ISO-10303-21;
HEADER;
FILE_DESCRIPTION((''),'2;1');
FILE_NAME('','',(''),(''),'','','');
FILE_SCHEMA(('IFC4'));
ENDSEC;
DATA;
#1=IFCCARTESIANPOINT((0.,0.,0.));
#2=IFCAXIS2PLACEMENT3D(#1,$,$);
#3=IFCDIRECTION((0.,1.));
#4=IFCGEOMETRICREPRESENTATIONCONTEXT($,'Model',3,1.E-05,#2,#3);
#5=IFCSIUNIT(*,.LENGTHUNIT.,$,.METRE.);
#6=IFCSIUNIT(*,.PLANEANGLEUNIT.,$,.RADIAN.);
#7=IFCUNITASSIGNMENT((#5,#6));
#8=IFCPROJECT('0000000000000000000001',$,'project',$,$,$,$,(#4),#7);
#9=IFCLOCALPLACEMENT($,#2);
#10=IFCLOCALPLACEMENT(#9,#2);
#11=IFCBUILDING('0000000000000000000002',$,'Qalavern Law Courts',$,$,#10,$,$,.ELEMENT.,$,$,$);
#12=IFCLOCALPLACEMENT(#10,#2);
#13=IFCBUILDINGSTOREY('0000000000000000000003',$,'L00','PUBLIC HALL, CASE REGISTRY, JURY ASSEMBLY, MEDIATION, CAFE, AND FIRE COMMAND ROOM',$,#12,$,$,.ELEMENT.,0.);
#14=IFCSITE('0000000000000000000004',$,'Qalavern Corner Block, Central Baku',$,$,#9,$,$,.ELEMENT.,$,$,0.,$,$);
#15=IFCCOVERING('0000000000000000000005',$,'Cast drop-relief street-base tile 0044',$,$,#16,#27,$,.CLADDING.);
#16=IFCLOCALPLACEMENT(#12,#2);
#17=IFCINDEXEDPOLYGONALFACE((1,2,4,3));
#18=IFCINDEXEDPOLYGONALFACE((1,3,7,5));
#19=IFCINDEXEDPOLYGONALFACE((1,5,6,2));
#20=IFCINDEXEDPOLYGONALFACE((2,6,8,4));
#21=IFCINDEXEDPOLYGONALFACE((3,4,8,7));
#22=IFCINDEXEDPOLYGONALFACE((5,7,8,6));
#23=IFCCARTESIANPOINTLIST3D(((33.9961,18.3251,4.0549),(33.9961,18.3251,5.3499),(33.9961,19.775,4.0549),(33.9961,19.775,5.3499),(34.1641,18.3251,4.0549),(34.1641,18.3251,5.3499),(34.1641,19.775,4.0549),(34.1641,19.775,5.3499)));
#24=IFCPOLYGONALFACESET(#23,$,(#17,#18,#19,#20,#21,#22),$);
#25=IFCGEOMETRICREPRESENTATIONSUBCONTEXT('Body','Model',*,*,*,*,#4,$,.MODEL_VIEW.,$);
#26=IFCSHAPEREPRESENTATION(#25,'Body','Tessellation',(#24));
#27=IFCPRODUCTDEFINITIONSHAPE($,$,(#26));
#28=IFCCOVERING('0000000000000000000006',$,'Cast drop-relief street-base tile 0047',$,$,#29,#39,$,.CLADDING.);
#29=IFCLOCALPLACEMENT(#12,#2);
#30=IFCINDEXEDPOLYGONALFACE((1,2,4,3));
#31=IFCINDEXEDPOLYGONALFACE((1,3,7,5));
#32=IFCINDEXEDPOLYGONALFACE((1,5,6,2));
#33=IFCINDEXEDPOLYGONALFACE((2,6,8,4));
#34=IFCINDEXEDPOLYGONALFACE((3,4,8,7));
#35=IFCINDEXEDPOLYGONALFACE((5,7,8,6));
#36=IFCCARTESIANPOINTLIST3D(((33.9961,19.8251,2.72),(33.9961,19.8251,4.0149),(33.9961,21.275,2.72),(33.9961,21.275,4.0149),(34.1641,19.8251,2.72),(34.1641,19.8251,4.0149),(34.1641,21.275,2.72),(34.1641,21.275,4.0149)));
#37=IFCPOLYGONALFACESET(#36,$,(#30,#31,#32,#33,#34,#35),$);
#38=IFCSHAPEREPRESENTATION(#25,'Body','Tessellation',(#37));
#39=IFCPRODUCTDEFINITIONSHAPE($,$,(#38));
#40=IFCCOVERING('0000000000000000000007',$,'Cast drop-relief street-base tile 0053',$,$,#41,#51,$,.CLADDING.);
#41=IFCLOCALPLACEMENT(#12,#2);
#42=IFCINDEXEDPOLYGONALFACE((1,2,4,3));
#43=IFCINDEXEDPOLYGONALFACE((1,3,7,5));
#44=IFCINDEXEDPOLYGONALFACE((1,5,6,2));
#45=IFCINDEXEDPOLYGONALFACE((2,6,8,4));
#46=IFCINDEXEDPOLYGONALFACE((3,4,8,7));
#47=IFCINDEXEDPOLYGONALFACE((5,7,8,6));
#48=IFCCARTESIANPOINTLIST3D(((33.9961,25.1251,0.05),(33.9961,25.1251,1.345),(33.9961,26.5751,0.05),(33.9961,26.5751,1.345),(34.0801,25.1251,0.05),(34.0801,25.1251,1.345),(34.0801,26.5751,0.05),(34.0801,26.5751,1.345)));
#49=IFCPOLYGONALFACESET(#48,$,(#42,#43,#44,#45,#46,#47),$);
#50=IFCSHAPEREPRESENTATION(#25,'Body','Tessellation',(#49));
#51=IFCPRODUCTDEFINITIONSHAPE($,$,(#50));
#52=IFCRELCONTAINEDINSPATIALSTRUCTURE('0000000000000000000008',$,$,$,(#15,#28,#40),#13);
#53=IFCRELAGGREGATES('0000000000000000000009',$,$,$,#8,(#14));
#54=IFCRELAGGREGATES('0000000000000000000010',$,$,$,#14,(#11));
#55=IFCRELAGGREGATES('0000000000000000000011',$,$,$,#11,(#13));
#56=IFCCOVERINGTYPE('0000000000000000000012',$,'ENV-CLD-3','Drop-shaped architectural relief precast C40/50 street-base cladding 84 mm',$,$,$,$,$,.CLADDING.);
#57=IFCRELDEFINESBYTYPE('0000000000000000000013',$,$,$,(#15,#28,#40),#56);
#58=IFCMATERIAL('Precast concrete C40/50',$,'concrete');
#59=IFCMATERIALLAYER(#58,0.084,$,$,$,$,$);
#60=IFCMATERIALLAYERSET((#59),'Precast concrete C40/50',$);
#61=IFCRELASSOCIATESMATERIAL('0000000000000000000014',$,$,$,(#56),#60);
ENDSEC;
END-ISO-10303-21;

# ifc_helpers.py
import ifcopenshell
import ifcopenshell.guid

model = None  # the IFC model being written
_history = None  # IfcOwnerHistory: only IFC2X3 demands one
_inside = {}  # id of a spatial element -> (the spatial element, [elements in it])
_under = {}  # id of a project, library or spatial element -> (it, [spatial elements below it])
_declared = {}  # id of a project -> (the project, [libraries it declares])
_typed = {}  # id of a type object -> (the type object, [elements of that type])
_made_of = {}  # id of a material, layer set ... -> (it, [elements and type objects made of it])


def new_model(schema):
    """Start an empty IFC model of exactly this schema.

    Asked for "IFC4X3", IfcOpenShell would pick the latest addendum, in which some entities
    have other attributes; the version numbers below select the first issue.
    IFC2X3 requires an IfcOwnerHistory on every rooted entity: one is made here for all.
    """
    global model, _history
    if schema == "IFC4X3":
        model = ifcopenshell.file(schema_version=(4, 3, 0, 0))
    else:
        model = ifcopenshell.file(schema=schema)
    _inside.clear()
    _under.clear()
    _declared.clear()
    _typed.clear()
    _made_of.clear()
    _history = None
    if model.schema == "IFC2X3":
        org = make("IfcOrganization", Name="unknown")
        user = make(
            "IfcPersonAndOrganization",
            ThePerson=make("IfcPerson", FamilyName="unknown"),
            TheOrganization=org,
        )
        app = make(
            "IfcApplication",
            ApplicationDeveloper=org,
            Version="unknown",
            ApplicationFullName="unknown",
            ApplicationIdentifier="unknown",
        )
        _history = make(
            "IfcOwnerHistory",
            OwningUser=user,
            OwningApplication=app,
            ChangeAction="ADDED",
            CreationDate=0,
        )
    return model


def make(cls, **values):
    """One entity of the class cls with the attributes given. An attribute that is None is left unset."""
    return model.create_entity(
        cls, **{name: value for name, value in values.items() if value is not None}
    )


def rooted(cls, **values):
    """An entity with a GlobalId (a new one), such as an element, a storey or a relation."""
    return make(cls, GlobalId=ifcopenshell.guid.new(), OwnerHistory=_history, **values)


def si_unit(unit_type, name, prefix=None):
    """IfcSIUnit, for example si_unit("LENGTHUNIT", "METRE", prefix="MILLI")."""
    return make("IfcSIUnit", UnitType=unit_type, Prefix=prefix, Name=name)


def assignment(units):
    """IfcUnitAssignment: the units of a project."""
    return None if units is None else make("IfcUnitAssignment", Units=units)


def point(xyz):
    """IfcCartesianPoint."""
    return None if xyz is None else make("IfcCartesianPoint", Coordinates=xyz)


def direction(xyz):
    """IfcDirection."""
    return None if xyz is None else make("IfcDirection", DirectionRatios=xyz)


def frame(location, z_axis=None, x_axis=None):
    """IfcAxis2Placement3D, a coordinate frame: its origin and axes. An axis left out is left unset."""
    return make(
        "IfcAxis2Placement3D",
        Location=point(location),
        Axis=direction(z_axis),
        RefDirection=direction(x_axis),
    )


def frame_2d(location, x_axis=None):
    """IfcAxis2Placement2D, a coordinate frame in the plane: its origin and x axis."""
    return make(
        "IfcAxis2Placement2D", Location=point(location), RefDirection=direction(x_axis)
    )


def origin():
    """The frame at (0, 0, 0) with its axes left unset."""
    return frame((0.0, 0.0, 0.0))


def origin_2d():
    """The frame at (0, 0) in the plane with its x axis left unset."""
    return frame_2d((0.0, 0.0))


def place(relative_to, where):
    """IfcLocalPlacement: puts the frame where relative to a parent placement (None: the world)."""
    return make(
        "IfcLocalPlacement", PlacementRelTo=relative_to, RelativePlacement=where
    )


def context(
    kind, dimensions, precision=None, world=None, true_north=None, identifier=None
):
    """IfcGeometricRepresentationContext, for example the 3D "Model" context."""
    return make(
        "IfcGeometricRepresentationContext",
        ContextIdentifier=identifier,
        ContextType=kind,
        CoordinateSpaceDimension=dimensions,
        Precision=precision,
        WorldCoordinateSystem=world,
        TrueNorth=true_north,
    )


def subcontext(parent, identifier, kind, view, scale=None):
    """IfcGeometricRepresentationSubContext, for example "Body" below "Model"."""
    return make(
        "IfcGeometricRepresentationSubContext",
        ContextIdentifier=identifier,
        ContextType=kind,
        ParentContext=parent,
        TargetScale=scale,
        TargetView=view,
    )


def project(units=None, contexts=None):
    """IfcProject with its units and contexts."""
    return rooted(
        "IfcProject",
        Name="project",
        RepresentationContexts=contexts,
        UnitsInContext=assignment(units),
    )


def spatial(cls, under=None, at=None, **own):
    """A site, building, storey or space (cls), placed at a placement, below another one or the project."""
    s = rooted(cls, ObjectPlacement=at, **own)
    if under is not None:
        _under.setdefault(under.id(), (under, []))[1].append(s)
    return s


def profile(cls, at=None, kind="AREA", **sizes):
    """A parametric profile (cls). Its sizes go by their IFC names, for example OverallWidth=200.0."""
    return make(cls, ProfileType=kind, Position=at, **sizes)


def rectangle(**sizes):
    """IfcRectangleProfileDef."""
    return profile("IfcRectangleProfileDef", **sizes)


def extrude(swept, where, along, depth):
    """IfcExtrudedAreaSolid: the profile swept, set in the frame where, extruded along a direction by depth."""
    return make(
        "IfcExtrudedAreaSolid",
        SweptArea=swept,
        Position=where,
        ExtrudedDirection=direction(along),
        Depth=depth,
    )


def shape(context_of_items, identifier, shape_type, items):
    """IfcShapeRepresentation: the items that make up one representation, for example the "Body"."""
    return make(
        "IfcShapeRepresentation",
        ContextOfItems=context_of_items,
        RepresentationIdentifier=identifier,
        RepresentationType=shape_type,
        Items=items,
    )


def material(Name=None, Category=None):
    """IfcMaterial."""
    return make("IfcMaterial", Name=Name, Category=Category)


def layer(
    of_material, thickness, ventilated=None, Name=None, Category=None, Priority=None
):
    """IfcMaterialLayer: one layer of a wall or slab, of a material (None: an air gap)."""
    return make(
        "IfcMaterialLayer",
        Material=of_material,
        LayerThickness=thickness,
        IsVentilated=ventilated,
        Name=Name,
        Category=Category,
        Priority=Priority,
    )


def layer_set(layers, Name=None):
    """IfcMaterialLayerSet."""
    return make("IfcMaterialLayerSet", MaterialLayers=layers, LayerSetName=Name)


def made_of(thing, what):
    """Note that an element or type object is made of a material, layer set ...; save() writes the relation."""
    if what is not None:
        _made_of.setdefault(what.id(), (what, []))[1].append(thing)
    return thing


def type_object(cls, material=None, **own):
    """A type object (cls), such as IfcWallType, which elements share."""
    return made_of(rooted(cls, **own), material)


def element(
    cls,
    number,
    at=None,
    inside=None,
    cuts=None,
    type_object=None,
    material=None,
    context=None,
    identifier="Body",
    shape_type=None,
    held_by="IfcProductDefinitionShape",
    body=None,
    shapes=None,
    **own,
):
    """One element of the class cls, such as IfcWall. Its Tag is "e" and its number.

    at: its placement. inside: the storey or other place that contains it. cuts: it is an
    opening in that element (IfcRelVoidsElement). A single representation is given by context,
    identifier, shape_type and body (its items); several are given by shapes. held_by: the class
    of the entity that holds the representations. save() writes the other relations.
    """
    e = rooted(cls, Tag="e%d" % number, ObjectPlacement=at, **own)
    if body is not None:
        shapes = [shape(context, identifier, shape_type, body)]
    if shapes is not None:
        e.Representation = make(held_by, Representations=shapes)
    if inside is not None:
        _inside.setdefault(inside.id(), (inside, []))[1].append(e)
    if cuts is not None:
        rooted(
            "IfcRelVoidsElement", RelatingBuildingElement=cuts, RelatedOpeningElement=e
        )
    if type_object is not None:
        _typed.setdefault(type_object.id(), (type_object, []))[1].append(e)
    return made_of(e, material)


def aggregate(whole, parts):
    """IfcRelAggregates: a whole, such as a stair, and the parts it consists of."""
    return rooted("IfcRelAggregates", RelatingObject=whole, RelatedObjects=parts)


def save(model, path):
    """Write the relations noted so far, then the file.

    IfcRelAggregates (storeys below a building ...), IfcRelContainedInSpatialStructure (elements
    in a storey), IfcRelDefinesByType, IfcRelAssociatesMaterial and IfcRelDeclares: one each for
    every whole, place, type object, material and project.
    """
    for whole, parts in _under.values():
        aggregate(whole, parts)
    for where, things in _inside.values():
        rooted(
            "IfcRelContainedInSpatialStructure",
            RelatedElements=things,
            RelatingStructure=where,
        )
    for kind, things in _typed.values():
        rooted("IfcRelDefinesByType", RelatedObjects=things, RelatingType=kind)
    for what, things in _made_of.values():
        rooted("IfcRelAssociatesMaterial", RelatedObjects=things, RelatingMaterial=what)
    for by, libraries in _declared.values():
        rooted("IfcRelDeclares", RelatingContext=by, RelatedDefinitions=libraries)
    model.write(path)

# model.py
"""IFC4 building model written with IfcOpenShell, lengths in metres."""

from ifc_helpers import new_model, si_unit, direction, frame, origin, origin_2d, place, context, subcontext, project, spatial, rectangle, extrude, material, layer, layer_set, type_object, element, save


model = new_model("IFC4")

# Units and contexts
model_context = context("Model", 3, precision=1e-05, world=origin(), true_north=direction((0.0, 1.0)))
body_context = subcontext(model_context, "Body", "Model", "MODEL_VIEW")
ifc_project = project(units=[si_unit("LENGTHUNIT", "METRE"), si_unit("PLANEANGLEUNIT", "RADIAN")], contexts=[model_context])

# Site, building, storey
site_placement = place(None, origin())
site = spatial("IfcSite", under=ifc_project, at=site_placement, Name="Qalavern Corner Block, Central Baku", CompositionType="ELEMENT", RefElevation=0.0)
building_placement = place(site_placement, origin())
building = spatial("IfcBuilding", under=site, at=building_placement, Name="Qalavern Law Courts", CompositionType="ELEMENT")
storey_placement = place(building_placement, origin())
storey = spatial("IfcBuildingStorey", under=building, at=storey_placement, Name="L00", Description="PUBLIC HALL, CASE REGISTRY, JURY ASSEMBLY, MEDIATION, CAFE, AND FIRE COMMAND ROOM", CompositionType="ELEMENT", Elevation=0.0)

# Coverings
ifc_material = material(Name="Precast concrete C40/50", Category="concrete")
ifc_layer_1 = layer(ifc_material, 0.084)
ifc_layer_set_1 = layer_set([ifc_layer_1], Name="Precast concrete C40/50")
covering_type_1 = type_object("IfcCoveringType", Name="ENV-CLD-3", Description="Drop-shaped architectural relief precast C40/50 street-base cladding 84 mm", PredefinedType="CLADDING", material=ifc_layer_set_1)
for number, where, z_axis, x_axis, name in (
    (1, (34.0801, 19.05, 4.0549), (0.0, 0.0, 1.0), (0.0, 1.0, 0.0), "Cast drop-relief street-base tile 0044"),
    (2, (34.0801, 20.55, 2.72), (0.0, 0.0, 1.0), (0.0, 1.0, 0.0), "Cast drop-relief street-base tile 0047"),
):
    element("IfcCovering", number, at=place(storey_placement, frame(where, z_axis=z_axis, x_axis=x_axis)), inside=storey, type_object=covering_type_1, Name=name, PredefinedType="CLADDING", context=body_context, shape_type="SweptSolid", body=[
        extrude(rectangle(XDim=1.45, YDim=0.168, at=origin_2d()), origin(), (0.0, 0.0, 1.0), 1.2949),
    ])
covering_1_placement = place(storey_placement, frame((34.0381, 25.8501, 0.05), z_axis=(0.0, 0.0, 1.0), x_axis=(0.0, 1.0, 0.0)))
element("IfcCovering", 3, at=covering_1_placement, inside=storey, type_object=covering_type_1, Name="Cast drop-relief street-base tile 0053", PredefinedType="CLADDING", context=body_context, shape_type="SweptSolid", body=[
    extrude(rectangle(XDim=1.45, YDim=0.084, at=origin_2d()), origin(), (0.0, 0.0, 1.0), 1.2949),
])

save(model, "model.ifc")
